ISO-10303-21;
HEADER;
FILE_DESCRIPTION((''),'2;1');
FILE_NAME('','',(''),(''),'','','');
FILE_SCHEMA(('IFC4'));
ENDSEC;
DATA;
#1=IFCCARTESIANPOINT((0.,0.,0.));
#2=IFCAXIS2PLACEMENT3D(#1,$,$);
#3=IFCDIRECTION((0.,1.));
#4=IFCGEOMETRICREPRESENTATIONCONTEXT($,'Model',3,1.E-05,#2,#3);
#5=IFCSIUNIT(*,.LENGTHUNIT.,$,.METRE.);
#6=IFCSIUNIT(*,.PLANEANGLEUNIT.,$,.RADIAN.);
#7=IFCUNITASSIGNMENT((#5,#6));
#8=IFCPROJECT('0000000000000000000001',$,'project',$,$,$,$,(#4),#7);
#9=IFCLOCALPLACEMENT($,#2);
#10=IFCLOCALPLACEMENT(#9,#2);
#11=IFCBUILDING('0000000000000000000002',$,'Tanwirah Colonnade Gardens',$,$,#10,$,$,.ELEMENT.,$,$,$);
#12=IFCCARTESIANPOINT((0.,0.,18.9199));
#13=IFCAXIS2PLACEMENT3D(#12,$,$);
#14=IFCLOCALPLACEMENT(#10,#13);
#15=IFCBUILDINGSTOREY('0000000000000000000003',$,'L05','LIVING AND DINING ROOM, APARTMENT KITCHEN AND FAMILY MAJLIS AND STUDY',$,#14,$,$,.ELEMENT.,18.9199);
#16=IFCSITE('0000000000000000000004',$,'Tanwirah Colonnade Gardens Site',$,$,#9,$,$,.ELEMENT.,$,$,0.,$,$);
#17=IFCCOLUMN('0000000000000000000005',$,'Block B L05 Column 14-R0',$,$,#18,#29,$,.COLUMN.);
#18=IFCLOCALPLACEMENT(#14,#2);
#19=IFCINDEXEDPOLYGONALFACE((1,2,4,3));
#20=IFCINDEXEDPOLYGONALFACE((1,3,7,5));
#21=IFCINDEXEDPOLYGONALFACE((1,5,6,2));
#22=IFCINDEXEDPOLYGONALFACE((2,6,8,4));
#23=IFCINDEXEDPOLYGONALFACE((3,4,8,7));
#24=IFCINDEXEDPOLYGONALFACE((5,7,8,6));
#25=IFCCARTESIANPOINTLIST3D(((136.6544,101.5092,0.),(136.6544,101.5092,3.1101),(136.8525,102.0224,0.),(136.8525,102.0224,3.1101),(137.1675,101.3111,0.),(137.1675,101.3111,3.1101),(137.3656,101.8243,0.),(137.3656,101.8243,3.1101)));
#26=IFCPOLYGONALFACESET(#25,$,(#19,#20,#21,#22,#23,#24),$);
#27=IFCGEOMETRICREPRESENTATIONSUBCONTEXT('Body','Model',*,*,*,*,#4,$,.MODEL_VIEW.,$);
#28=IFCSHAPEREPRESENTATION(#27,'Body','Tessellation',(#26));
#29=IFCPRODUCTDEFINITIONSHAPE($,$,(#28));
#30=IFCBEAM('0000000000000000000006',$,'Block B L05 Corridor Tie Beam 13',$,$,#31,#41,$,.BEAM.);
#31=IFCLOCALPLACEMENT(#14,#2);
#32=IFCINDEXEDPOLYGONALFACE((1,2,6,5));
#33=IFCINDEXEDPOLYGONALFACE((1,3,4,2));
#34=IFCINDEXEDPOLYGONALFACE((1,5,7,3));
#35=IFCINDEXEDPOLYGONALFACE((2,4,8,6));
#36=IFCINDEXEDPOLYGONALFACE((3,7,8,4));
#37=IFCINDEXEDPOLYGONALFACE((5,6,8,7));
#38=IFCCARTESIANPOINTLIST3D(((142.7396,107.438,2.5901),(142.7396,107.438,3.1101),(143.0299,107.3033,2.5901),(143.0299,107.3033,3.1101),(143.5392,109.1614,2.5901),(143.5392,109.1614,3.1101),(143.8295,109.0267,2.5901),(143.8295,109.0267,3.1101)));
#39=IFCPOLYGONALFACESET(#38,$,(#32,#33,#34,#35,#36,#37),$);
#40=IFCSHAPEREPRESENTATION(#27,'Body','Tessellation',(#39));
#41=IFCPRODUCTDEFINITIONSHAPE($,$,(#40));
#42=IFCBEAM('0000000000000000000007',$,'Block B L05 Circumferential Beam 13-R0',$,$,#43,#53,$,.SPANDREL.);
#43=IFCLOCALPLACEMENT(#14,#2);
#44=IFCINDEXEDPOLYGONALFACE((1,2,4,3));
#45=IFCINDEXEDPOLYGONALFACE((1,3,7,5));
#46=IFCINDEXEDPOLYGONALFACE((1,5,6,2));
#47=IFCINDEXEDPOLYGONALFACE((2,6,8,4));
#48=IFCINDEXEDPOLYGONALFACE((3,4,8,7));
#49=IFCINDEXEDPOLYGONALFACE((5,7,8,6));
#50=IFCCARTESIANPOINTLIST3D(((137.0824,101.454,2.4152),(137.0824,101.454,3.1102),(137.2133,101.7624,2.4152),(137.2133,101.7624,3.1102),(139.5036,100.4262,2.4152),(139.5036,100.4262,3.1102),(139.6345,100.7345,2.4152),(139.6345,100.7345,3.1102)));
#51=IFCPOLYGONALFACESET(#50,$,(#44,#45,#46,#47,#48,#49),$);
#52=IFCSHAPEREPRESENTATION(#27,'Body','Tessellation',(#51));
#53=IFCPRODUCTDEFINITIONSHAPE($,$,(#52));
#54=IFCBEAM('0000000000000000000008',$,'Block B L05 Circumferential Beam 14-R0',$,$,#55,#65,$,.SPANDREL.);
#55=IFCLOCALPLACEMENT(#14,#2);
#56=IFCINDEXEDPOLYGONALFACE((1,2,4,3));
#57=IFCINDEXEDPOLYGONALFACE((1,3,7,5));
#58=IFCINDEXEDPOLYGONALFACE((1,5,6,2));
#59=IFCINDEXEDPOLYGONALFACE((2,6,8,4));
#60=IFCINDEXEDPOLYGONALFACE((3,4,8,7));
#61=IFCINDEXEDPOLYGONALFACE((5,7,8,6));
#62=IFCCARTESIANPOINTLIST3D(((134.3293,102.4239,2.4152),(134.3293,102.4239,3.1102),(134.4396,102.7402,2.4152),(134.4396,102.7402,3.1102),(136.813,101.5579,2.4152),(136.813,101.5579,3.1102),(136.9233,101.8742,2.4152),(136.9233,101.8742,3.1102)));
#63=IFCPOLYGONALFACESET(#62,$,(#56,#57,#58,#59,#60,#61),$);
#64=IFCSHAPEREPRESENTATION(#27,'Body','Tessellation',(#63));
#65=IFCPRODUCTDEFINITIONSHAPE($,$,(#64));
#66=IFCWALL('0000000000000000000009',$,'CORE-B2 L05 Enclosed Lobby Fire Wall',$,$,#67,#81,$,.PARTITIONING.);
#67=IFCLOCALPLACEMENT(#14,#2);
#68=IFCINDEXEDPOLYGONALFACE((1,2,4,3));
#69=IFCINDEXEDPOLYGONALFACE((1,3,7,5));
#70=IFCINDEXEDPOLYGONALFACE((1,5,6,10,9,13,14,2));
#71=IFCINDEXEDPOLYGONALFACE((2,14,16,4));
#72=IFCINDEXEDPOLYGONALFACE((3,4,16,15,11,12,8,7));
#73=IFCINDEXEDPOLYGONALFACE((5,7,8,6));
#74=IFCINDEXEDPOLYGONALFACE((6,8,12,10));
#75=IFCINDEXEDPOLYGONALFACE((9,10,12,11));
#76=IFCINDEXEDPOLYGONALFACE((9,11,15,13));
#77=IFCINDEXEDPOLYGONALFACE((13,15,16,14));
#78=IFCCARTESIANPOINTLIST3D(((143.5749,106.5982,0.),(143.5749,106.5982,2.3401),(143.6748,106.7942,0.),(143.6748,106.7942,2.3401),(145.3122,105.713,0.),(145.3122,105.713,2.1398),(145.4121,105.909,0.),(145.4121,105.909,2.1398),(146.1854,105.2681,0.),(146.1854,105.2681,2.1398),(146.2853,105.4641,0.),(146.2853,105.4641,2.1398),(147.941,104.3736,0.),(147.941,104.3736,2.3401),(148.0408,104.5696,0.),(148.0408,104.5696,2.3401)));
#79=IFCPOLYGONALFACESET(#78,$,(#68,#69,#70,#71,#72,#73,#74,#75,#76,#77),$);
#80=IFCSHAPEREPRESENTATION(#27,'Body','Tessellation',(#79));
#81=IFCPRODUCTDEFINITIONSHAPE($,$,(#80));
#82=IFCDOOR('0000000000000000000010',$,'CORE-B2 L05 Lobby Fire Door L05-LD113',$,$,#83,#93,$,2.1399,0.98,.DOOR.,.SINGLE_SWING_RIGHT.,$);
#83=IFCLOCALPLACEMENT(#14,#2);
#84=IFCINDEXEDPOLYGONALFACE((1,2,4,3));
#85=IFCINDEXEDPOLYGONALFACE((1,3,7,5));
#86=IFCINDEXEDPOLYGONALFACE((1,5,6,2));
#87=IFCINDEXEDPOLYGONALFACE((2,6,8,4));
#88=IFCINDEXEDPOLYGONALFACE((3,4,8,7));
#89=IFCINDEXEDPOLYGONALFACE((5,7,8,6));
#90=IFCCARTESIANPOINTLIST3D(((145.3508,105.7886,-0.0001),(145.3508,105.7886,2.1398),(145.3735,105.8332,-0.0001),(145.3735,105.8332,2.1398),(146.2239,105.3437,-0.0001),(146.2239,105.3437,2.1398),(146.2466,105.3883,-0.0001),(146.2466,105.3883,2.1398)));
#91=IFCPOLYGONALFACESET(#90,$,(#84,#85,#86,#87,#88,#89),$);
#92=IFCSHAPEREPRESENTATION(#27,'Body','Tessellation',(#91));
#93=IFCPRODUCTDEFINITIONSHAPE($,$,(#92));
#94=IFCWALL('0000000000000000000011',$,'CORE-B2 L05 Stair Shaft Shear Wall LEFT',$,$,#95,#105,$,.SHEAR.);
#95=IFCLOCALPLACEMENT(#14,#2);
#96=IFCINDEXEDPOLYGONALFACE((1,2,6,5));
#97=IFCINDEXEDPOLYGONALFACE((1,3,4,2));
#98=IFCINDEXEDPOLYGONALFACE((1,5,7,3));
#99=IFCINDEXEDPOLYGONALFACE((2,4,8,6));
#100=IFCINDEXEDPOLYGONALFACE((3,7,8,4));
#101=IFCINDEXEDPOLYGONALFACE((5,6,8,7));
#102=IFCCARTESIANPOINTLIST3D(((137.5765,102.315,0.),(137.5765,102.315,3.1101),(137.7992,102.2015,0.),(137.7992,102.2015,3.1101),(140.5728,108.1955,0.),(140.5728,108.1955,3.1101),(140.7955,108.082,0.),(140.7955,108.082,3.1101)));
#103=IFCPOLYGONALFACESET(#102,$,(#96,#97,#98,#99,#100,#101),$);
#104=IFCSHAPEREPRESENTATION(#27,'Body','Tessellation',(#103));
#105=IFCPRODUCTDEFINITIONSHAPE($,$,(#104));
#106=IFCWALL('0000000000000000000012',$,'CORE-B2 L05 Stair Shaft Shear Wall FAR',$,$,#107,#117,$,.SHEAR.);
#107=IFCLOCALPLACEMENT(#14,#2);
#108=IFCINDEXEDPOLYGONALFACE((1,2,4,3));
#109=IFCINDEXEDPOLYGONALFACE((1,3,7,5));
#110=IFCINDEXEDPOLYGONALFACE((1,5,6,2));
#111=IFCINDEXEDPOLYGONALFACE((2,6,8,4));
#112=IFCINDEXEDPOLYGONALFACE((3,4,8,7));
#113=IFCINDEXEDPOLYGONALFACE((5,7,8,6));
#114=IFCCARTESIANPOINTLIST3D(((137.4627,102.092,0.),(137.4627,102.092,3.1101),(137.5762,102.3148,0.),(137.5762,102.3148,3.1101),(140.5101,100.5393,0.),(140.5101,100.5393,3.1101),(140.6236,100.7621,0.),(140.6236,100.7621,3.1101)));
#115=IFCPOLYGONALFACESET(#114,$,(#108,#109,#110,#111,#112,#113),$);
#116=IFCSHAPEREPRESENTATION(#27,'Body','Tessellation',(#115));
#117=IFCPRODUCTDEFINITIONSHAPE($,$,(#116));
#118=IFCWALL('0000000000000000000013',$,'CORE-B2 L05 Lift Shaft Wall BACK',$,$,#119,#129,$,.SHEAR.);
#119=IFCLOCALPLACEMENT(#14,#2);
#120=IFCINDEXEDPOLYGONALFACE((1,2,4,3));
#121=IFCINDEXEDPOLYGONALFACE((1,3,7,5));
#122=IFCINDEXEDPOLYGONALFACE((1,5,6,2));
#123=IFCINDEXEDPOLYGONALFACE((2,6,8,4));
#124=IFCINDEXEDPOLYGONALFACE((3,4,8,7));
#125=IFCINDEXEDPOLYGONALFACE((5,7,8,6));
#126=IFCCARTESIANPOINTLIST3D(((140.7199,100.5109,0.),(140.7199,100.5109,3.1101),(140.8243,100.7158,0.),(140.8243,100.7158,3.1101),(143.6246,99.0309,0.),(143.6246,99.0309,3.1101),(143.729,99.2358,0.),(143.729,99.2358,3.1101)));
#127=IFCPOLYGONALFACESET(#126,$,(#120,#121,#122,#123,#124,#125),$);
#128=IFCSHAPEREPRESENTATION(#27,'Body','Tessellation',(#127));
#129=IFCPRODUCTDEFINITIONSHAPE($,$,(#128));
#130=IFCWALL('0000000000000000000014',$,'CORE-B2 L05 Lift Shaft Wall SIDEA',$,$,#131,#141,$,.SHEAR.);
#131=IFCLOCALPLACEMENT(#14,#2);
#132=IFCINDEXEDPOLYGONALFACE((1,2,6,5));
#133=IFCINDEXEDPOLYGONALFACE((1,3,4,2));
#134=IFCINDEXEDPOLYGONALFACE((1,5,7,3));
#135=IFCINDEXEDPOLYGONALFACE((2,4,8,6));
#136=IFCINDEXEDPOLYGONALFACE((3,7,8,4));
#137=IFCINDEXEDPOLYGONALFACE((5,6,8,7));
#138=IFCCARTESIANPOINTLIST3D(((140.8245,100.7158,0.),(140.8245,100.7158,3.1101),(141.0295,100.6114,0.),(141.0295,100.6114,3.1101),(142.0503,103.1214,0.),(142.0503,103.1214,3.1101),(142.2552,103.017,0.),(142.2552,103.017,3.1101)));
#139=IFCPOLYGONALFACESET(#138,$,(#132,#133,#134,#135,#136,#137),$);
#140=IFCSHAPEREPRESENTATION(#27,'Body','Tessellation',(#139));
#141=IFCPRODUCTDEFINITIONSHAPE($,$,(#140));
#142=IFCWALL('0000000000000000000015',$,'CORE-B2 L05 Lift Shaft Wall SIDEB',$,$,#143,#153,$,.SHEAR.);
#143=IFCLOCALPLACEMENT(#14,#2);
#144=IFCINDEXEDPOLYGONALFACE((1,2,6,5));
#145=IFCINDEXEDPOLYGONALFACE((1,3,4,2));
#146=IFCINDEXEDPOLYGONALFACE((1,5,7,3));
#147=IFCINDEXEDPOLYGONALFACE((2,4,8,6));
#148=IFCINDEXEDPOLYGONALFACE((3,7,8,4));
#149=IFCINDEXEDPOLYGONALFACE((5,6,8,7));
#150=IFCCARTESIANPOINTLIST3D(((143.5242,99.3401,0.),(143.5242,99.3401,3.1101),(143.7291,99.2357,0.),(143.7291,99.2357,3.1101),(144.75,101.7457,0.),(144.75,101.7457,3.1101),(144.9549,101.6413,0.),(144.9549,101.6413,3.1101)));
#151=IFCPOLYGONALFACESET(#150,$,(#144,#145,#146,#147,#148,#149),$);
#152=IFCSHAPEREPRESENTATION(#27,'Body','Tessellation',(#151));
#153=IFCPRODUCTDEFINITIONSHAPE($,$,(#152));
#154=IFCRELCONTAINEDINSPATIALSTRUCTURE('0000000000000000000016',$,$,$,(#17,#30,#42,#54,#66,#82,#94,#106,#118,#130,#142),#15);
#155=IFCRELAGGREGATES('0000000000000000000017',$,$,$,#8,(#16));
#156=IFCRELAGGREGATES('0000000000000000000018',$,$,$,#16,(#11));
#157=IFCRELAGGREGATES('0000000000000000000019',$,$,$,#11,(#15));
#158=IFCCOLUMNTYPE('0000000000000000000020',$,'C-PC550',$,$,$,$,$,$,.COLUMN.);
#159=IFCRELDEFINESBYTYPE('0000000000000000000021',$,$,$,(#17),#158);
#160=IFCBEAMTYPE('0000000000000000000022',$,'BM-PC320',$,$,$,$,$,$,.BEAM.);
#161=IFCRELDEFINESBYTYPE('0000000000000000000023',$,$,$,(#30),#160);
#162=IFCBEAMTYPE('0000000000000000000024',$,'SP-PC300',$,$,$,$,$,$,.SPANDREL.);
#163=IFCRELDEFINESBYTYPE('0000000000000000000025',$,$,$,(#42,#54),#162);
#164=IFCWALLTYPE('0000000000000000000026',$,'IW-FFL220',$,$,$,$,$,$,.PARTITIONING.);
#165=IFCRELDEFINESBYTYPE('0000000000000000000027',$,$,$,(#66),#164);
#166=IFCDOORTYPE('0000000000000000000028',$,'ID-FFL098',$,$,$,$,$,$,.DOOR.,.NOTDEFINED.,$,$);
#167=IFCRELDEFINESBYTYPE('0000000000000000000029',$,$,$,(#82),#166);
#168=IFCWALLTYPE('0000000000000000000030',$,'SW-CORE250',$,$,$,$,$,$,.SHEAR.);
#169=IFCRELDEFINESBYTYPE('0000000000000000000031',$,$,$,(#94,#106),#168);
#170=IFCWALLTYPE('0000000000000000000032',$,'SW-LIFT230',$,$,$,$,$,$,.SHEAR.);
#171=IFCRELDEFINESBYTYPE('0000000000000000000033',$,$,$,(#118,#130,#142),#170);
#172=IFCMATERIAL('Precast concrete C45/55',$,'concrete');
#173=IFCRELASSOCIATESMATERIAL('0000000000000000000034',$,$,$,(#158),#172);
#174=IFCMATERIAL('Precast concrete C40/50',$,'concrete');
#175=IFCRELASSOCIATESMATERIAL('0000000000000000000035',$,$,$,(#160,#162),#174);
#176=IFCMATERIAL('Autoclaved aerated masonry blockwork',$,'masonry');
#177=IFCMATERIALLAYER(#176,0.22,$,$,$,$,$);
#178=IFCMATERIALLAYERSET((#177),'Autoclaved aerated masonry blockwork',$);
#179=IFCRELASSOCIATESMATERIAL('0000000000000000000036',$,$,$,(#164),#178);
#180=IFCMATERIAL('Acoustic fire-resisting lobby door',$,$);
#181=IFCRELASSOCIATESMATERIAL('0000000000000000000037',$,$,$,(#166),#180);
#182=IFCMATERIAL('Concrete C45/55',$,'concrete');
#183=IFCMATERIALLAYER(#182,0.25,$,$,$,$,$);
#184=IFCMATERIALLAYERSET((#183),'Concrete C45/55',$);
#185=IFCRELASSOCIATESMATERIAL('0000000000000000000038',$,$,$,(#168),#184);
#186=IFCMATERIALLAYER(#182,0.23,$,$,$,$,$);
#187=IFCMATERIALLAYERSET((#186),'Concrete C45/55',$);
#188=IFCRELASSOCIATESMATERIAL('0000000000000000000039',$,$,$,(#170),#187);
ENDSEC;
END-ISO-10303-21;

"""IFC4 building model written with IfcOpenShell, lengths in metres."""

from ifc_helpers import new_model, si_unit, direction, frame, frame_2d, origin, origin_2d, place, context, subcontext, project, spatial, rectangle, extrude, material, layer, layer_set, material_profile, profile_set, type_object, element, fill, save


model = new_model("IFC4")

# Units and contexts
model_context = context("Model", 3, precision=1e-05, world=origin(), true_north=direction((0.0, 1.0)))
body_context = subcontext(model_context, "Body", "Model", "MODEL_VIEW")
ifc_project = project(units=[si_unit("LENGTHUNIT", "METRE"), si_unit("PLANEANGLEUNIT", "RADIAN")], contexts=[model_context])

# Site, building, storey
site_placement = place(None, origin())
site = spatial("IfcSite", under=ifc_project, at=site_placement, Name="Tanwirah Colonnade Gardens Site", CompositionType="ELEMENT", RefElevation=0.0)
building_placement = place(site_placement, origin())
building = spatial("IfcBuilding", under=site, at=building_placement, Name="Tanwirah Colonnade Gardens", CompositionType="ELEMENT")
storey_placement = place(building_placement, frame((0.0, 0.0, 18.9199)))
storey = spatial("IfcBuildingStorey", under=building, at=storey_placement, Name="L05", Description="LIVING AND DINING ROOM, APARTMENT KITCHEN AND FAMILY MAJLIS AND STUDY", CompositionType="ELEMENT", Elevation=18.9199)

# Column
ifc_material_1 = material(Name="Precast concrete C45/55", Category="concrete")
ifc_material_profile_1 = material_profile(ifc_material_1, rectangle(XDim=0.55, YDim=0.55, at=origin_2d()), Name="PC-COL 550x550")
ifc_profile_set_1 = profile_set([ifc_material_profile_1], Name="Precast concrete C45/55")
column_type = type_object("IfcColumnType", Name="C-PC550", PredefinedType="COLUMN", material=ifc_profile_set_1)
column_placement = place(storey_placement, frame((137.01, 101.6667, 0.0), z_axis=(0.0, 0.0, 1.0), x_axis=(0.360178, 0.932884, 0.0)))
element("IfcColumn", 1, at=column_placement, inside=storey, type_object=column_type, Name="Block B L05 Column 14-R0", PredefinedType="COLUMN", context=body_context, shape_type="SweptSolid", body=[
    extrude(rectangle(XDim=0.55, YDim=0.55, at=origin_2d()), origin(), (0.0, 0.0, 1.0), 3.1101),
])

# Beams
ifc_material_2 = material(Name="Precast concrete C40/50", Category="concrete")
ifc_material_profile_2 = material_profile(ifc_material_2, rectangle(XDim=0.3201, YDim=0.52, at=origin_2d()), Name="PC-BM 320x520")
ifc_profile_set_2 = profile_set([ifc_material_profile_2], Name="Precast concrete C40/50")
beam_type_1 = type_object("IfcBeamType", Name="BM-PC320", PredefinedType="BEAM", material=ifc_profile_set_2)
beam_placement = place(storey_placement, frame((142.8848, 107.3706, 2.8501), z_axis=(0.420858, 0.907126, 0.0), x_axis=(-0.907126, 0.420858, 0.0)))
element("IfcBeam", 2, at=beam_placement, inside=storey, type_object=beam_type_1, Name="Block B L05 Corridor Tie Beam 13", PredefinedType="BEAM", context=body_context, shape_type="SweptSolid", body=[
    extrude(rectangle(XDim=0.3201, YDim=0.52, at=origin_2d()), origin(), (0.0, 0.0, 1.0), 1.8999),
])
ifc_material_profile_3 = material_profile(ifc_material_2, rectangle(XDim=0.335, YDim=0.6951, at=origin_2d()), Name="PC-SP 335x695")
ifc_profile_set_3 = profile_set([ifc_material_profile_3], Name="Precast concrete C40/50")
beam_type_2 = type_object("IfcBeamType", Name="SP-PC300", PredefinedType="SPANDREL", material=ifc_profile_set_3)
for number, where, z_axis, x_axis, name in (
    (3, (139.5691, 100.5803, 2.7627), (-0.920489, 0.390769, 0.0), (-0.390769, -0.920489, 0.0), "Block B L05 Circumferential Beam 13-R0"),
    (4, (136.8682, 101.7161, 2.7627), (-0.94425, 0.32923, 0.0), (-0.32923, -0.94425, 0.0), "Block B L05 Circumferential Beam 14-R0"),
):
    element("IfcBeam", number, at=place(storey_placement, frame(where, z_axis=z_axis, x_axis=x_axis)), inside=storey, type_object=beam_type_2, Name=name, PredefinedType="SPANDREL", context=body_context, shape_type="SweptSolid", body=[
        extrude(rectangle(XDim=0.335, YDim=0.6951, at=origin_2d()), origin(), (0.0, 0.0, 1.0), 2.6304),
    ])

# Wall, opening, door
ifc_material_3 = material(Name="Autoclaved aerated masonry blockwork", Category="masonry")
ifc_layer_1 = layer(ifc_material_3, 0.22)
ifc_layer_set_1 = layer_set([ifc_layer_1], Name="Autoclaved aerated masonry blockwork")
wall_type_1 = type_object("IfcWallType", Name="IW-FFL220", PredefinedType="PARTITIONING", material=ifc_layer_set_1)
wall_1_placement = place(storey_placement, frame((143.6248, 106.6963, 0.0), z_axis=(0.0, 0.0, 1.0), x_axis=(0.891003, -0.453997, 0.0)))
wall_1 = element("IfcWall", 5, at=wall_1_placement, inside=storey, type_object=wall_type_1, Name="CORE-B2 L05 Enclosed Lobby Fire Wall", PredefinedType="PARTITIONING", context=body_context, shape_type="SweptSolid", body=[
    extrude(rectangle(XDim=4.9001, YDim=0.22, at=frame_2d((2.4502, 0.0))), origin(), (0.0, 0.0, 1.0), 2.3401),
])
opening_1_placement = place(wall_1_placement, frame((1.95, 0.0, 0.0)))
opening_1 = element("IfcOpeningElement", 6, at=opening_1_placement, cuts=wall_1, PredefinedType="OPENING", context=body_context, shape_type="SweptSolid", body=[
    extrude(rectangle(XDim=0.98, YDim=2.1399, at=frame_2d((0.49, 1.0698))), frame((0.0, 0.1199, 0.0), z_axis=(0.0, -1.0, 0.0), x_axis=(1.0, 0.0, 0.0)), (0.0, 0.0, 1.0), 0.24),
])
ifc_material_4 = material(Name="Acoustic fire-resisting lobby door")
door_type_1 = type_object("IfcDoorType", Name="ID-FFL098", OperationType="NOTDEFINED", PredefinedType="DOOR", material=ifc_material_4)
door_1_placement = place(opening_1_placement, origin())
door_1 = element("IfcDoor", 7, at=door_1_placement, inside=storey, type_object=door_type_1, Name="CORE-B2 L05 Lobby Fire Door L05-LD113", OperationType="SINGLE_SWING_RIGHT", OverallHeight=2.1399, OverallWidth=0.98, PredefinedType="DOOR", context=body_context, shape_type="SweptSolid", body=[
    extrude(rectangle(XDim=0.98, YDim=2.1399, at=frame_2d((0.49, 1.0698))), frame((0.0, 0.0249, 0.0), z_axis=(0.0, -1.0, 0.0), x_axis=(1.0, 0.0, 0.0)), (0.0, 0.0, 1.0), 0.05),
])
fill(opening_1, door_1)

# Walls
ifc_material_5 = material(Name="Concrete C45/55", Category="concrete")
ifc_layer_2 = layer(ifc_material_5, 0.25)
ifc_layer_set_2 = layer_set([ifc_layer_2], Name="Concrete C45/55")
wall_type_2 = type_object("IfcWallType", Name="SW-CORE250", PredefinedType="SHEAR", material=ifc_layer_set_2)
wall_2_placement = place(storey_placement, frame((140.6841, 108.1387, 0.0), z_axis=(0.0, 0.0, 1.0), x_axis=(-0.453992, -0.891006, 0.0)))
element("IfcWall", 8, at=wall_2_placement, inside=storey, type_object=wall_type_2, Name="CORE-B2 L05 Stair Shaft Shear Wall LEFT", PredefinedType="SHEAR", context=body_context, shape_type="SweptSolid", body=[
    extrude(rectangle(XDim=6.5999, YDim=0.25, at=frame_2d((3.2998, 0.0))), origin(), (0.0, 0.0, 1.0), 3.1101),
])
wall_3_placement = place(storey_placement, frame((137.5195, 102.2034, 0.0), z_axis=(0.0, 0.0, 1.0), x_axis=(0.891004, -0.453996, 0.0)))
element("IfcWall", 9, at=wall_3_placement, inside=storey, type_object=wall_type_2, Name="CORE-B2 L05 Stair Shaft Shear Wall FAR", PredefinedType="SHEAR", context=body_context, shape_type="SweptSolid", body=[
    extrude(rectangle(XDim=3.4202, YDim=0.25, at=frame_2d((1.71, 0.0))), origin(), (0.0, 0.0, 1.0), 3.1101),
])

# Shared definitions
ifc_layer_3 = layer(ifc_material_5, 0.23)
ifc_layer_set_3 = layer_set([ifc_layer_3], Name="Concrete C45/55")
wall_type_3 = type_object("IfcWallType", Name="SW-LIFT230", PredefinedType="SHEAR", material=ifc_layer_set_3)

# Walls
wall_4_placement = place(storey_placement, frame((140.7722, 100.6133, 0.0), z_axis=(0.0, 0.0, 1.0), x_axis=(0.891017, -0.453971, 0.0)))
element("IfcWall", 10, at=wall_4_placement, inside=storey, type_object=wall_type_3, Name="CORE-B2 L05 Lift Shaft Wall BACK", PredefinedType="SHEAR", context=body_context, shape_type="SweptSolid", body=[
    extrude(rectangle(XDim=3.26, YDim=0.23, at=frame_2d((1.6299, 0.0))), origin(), (0.0, 0.0, 1.0), 3.1101),
])
for number, where, z_axis, x_axis, name in (
    (11, (142.1528, 103.0693, 0.0), (0.0, 0.0, 1.0), (-0.454, -0.891002, 0.0), "CORE-B2 L05 Lift Shaft Wall SIDEA"),
    (12, (144.8525, 101.6936, 0.0), (0.0, 0.0, 1.0), (-0.454037, -0.890983, 0.0), "CORE-B2 L05 Lift Shaft Wall SIDEB"),
):
    element("IfcWall", number, at=place(storey_placement, frame(where, z_axis=z_axis, x_axis=x_axis)), inside=storey, type_object=wall_type_3, Name=name, PredefinedType="SHEAR", context=body_context, shape_type="SweptSolid", body=[
        extrude(rectangle(XDim=2.7, YDim=0.23, at=frame_2d((1.3501, 0.0))), origin(), (0.0, 0.0, 1.0), 3.1101),
    ])

save(model, "model.ifc")
